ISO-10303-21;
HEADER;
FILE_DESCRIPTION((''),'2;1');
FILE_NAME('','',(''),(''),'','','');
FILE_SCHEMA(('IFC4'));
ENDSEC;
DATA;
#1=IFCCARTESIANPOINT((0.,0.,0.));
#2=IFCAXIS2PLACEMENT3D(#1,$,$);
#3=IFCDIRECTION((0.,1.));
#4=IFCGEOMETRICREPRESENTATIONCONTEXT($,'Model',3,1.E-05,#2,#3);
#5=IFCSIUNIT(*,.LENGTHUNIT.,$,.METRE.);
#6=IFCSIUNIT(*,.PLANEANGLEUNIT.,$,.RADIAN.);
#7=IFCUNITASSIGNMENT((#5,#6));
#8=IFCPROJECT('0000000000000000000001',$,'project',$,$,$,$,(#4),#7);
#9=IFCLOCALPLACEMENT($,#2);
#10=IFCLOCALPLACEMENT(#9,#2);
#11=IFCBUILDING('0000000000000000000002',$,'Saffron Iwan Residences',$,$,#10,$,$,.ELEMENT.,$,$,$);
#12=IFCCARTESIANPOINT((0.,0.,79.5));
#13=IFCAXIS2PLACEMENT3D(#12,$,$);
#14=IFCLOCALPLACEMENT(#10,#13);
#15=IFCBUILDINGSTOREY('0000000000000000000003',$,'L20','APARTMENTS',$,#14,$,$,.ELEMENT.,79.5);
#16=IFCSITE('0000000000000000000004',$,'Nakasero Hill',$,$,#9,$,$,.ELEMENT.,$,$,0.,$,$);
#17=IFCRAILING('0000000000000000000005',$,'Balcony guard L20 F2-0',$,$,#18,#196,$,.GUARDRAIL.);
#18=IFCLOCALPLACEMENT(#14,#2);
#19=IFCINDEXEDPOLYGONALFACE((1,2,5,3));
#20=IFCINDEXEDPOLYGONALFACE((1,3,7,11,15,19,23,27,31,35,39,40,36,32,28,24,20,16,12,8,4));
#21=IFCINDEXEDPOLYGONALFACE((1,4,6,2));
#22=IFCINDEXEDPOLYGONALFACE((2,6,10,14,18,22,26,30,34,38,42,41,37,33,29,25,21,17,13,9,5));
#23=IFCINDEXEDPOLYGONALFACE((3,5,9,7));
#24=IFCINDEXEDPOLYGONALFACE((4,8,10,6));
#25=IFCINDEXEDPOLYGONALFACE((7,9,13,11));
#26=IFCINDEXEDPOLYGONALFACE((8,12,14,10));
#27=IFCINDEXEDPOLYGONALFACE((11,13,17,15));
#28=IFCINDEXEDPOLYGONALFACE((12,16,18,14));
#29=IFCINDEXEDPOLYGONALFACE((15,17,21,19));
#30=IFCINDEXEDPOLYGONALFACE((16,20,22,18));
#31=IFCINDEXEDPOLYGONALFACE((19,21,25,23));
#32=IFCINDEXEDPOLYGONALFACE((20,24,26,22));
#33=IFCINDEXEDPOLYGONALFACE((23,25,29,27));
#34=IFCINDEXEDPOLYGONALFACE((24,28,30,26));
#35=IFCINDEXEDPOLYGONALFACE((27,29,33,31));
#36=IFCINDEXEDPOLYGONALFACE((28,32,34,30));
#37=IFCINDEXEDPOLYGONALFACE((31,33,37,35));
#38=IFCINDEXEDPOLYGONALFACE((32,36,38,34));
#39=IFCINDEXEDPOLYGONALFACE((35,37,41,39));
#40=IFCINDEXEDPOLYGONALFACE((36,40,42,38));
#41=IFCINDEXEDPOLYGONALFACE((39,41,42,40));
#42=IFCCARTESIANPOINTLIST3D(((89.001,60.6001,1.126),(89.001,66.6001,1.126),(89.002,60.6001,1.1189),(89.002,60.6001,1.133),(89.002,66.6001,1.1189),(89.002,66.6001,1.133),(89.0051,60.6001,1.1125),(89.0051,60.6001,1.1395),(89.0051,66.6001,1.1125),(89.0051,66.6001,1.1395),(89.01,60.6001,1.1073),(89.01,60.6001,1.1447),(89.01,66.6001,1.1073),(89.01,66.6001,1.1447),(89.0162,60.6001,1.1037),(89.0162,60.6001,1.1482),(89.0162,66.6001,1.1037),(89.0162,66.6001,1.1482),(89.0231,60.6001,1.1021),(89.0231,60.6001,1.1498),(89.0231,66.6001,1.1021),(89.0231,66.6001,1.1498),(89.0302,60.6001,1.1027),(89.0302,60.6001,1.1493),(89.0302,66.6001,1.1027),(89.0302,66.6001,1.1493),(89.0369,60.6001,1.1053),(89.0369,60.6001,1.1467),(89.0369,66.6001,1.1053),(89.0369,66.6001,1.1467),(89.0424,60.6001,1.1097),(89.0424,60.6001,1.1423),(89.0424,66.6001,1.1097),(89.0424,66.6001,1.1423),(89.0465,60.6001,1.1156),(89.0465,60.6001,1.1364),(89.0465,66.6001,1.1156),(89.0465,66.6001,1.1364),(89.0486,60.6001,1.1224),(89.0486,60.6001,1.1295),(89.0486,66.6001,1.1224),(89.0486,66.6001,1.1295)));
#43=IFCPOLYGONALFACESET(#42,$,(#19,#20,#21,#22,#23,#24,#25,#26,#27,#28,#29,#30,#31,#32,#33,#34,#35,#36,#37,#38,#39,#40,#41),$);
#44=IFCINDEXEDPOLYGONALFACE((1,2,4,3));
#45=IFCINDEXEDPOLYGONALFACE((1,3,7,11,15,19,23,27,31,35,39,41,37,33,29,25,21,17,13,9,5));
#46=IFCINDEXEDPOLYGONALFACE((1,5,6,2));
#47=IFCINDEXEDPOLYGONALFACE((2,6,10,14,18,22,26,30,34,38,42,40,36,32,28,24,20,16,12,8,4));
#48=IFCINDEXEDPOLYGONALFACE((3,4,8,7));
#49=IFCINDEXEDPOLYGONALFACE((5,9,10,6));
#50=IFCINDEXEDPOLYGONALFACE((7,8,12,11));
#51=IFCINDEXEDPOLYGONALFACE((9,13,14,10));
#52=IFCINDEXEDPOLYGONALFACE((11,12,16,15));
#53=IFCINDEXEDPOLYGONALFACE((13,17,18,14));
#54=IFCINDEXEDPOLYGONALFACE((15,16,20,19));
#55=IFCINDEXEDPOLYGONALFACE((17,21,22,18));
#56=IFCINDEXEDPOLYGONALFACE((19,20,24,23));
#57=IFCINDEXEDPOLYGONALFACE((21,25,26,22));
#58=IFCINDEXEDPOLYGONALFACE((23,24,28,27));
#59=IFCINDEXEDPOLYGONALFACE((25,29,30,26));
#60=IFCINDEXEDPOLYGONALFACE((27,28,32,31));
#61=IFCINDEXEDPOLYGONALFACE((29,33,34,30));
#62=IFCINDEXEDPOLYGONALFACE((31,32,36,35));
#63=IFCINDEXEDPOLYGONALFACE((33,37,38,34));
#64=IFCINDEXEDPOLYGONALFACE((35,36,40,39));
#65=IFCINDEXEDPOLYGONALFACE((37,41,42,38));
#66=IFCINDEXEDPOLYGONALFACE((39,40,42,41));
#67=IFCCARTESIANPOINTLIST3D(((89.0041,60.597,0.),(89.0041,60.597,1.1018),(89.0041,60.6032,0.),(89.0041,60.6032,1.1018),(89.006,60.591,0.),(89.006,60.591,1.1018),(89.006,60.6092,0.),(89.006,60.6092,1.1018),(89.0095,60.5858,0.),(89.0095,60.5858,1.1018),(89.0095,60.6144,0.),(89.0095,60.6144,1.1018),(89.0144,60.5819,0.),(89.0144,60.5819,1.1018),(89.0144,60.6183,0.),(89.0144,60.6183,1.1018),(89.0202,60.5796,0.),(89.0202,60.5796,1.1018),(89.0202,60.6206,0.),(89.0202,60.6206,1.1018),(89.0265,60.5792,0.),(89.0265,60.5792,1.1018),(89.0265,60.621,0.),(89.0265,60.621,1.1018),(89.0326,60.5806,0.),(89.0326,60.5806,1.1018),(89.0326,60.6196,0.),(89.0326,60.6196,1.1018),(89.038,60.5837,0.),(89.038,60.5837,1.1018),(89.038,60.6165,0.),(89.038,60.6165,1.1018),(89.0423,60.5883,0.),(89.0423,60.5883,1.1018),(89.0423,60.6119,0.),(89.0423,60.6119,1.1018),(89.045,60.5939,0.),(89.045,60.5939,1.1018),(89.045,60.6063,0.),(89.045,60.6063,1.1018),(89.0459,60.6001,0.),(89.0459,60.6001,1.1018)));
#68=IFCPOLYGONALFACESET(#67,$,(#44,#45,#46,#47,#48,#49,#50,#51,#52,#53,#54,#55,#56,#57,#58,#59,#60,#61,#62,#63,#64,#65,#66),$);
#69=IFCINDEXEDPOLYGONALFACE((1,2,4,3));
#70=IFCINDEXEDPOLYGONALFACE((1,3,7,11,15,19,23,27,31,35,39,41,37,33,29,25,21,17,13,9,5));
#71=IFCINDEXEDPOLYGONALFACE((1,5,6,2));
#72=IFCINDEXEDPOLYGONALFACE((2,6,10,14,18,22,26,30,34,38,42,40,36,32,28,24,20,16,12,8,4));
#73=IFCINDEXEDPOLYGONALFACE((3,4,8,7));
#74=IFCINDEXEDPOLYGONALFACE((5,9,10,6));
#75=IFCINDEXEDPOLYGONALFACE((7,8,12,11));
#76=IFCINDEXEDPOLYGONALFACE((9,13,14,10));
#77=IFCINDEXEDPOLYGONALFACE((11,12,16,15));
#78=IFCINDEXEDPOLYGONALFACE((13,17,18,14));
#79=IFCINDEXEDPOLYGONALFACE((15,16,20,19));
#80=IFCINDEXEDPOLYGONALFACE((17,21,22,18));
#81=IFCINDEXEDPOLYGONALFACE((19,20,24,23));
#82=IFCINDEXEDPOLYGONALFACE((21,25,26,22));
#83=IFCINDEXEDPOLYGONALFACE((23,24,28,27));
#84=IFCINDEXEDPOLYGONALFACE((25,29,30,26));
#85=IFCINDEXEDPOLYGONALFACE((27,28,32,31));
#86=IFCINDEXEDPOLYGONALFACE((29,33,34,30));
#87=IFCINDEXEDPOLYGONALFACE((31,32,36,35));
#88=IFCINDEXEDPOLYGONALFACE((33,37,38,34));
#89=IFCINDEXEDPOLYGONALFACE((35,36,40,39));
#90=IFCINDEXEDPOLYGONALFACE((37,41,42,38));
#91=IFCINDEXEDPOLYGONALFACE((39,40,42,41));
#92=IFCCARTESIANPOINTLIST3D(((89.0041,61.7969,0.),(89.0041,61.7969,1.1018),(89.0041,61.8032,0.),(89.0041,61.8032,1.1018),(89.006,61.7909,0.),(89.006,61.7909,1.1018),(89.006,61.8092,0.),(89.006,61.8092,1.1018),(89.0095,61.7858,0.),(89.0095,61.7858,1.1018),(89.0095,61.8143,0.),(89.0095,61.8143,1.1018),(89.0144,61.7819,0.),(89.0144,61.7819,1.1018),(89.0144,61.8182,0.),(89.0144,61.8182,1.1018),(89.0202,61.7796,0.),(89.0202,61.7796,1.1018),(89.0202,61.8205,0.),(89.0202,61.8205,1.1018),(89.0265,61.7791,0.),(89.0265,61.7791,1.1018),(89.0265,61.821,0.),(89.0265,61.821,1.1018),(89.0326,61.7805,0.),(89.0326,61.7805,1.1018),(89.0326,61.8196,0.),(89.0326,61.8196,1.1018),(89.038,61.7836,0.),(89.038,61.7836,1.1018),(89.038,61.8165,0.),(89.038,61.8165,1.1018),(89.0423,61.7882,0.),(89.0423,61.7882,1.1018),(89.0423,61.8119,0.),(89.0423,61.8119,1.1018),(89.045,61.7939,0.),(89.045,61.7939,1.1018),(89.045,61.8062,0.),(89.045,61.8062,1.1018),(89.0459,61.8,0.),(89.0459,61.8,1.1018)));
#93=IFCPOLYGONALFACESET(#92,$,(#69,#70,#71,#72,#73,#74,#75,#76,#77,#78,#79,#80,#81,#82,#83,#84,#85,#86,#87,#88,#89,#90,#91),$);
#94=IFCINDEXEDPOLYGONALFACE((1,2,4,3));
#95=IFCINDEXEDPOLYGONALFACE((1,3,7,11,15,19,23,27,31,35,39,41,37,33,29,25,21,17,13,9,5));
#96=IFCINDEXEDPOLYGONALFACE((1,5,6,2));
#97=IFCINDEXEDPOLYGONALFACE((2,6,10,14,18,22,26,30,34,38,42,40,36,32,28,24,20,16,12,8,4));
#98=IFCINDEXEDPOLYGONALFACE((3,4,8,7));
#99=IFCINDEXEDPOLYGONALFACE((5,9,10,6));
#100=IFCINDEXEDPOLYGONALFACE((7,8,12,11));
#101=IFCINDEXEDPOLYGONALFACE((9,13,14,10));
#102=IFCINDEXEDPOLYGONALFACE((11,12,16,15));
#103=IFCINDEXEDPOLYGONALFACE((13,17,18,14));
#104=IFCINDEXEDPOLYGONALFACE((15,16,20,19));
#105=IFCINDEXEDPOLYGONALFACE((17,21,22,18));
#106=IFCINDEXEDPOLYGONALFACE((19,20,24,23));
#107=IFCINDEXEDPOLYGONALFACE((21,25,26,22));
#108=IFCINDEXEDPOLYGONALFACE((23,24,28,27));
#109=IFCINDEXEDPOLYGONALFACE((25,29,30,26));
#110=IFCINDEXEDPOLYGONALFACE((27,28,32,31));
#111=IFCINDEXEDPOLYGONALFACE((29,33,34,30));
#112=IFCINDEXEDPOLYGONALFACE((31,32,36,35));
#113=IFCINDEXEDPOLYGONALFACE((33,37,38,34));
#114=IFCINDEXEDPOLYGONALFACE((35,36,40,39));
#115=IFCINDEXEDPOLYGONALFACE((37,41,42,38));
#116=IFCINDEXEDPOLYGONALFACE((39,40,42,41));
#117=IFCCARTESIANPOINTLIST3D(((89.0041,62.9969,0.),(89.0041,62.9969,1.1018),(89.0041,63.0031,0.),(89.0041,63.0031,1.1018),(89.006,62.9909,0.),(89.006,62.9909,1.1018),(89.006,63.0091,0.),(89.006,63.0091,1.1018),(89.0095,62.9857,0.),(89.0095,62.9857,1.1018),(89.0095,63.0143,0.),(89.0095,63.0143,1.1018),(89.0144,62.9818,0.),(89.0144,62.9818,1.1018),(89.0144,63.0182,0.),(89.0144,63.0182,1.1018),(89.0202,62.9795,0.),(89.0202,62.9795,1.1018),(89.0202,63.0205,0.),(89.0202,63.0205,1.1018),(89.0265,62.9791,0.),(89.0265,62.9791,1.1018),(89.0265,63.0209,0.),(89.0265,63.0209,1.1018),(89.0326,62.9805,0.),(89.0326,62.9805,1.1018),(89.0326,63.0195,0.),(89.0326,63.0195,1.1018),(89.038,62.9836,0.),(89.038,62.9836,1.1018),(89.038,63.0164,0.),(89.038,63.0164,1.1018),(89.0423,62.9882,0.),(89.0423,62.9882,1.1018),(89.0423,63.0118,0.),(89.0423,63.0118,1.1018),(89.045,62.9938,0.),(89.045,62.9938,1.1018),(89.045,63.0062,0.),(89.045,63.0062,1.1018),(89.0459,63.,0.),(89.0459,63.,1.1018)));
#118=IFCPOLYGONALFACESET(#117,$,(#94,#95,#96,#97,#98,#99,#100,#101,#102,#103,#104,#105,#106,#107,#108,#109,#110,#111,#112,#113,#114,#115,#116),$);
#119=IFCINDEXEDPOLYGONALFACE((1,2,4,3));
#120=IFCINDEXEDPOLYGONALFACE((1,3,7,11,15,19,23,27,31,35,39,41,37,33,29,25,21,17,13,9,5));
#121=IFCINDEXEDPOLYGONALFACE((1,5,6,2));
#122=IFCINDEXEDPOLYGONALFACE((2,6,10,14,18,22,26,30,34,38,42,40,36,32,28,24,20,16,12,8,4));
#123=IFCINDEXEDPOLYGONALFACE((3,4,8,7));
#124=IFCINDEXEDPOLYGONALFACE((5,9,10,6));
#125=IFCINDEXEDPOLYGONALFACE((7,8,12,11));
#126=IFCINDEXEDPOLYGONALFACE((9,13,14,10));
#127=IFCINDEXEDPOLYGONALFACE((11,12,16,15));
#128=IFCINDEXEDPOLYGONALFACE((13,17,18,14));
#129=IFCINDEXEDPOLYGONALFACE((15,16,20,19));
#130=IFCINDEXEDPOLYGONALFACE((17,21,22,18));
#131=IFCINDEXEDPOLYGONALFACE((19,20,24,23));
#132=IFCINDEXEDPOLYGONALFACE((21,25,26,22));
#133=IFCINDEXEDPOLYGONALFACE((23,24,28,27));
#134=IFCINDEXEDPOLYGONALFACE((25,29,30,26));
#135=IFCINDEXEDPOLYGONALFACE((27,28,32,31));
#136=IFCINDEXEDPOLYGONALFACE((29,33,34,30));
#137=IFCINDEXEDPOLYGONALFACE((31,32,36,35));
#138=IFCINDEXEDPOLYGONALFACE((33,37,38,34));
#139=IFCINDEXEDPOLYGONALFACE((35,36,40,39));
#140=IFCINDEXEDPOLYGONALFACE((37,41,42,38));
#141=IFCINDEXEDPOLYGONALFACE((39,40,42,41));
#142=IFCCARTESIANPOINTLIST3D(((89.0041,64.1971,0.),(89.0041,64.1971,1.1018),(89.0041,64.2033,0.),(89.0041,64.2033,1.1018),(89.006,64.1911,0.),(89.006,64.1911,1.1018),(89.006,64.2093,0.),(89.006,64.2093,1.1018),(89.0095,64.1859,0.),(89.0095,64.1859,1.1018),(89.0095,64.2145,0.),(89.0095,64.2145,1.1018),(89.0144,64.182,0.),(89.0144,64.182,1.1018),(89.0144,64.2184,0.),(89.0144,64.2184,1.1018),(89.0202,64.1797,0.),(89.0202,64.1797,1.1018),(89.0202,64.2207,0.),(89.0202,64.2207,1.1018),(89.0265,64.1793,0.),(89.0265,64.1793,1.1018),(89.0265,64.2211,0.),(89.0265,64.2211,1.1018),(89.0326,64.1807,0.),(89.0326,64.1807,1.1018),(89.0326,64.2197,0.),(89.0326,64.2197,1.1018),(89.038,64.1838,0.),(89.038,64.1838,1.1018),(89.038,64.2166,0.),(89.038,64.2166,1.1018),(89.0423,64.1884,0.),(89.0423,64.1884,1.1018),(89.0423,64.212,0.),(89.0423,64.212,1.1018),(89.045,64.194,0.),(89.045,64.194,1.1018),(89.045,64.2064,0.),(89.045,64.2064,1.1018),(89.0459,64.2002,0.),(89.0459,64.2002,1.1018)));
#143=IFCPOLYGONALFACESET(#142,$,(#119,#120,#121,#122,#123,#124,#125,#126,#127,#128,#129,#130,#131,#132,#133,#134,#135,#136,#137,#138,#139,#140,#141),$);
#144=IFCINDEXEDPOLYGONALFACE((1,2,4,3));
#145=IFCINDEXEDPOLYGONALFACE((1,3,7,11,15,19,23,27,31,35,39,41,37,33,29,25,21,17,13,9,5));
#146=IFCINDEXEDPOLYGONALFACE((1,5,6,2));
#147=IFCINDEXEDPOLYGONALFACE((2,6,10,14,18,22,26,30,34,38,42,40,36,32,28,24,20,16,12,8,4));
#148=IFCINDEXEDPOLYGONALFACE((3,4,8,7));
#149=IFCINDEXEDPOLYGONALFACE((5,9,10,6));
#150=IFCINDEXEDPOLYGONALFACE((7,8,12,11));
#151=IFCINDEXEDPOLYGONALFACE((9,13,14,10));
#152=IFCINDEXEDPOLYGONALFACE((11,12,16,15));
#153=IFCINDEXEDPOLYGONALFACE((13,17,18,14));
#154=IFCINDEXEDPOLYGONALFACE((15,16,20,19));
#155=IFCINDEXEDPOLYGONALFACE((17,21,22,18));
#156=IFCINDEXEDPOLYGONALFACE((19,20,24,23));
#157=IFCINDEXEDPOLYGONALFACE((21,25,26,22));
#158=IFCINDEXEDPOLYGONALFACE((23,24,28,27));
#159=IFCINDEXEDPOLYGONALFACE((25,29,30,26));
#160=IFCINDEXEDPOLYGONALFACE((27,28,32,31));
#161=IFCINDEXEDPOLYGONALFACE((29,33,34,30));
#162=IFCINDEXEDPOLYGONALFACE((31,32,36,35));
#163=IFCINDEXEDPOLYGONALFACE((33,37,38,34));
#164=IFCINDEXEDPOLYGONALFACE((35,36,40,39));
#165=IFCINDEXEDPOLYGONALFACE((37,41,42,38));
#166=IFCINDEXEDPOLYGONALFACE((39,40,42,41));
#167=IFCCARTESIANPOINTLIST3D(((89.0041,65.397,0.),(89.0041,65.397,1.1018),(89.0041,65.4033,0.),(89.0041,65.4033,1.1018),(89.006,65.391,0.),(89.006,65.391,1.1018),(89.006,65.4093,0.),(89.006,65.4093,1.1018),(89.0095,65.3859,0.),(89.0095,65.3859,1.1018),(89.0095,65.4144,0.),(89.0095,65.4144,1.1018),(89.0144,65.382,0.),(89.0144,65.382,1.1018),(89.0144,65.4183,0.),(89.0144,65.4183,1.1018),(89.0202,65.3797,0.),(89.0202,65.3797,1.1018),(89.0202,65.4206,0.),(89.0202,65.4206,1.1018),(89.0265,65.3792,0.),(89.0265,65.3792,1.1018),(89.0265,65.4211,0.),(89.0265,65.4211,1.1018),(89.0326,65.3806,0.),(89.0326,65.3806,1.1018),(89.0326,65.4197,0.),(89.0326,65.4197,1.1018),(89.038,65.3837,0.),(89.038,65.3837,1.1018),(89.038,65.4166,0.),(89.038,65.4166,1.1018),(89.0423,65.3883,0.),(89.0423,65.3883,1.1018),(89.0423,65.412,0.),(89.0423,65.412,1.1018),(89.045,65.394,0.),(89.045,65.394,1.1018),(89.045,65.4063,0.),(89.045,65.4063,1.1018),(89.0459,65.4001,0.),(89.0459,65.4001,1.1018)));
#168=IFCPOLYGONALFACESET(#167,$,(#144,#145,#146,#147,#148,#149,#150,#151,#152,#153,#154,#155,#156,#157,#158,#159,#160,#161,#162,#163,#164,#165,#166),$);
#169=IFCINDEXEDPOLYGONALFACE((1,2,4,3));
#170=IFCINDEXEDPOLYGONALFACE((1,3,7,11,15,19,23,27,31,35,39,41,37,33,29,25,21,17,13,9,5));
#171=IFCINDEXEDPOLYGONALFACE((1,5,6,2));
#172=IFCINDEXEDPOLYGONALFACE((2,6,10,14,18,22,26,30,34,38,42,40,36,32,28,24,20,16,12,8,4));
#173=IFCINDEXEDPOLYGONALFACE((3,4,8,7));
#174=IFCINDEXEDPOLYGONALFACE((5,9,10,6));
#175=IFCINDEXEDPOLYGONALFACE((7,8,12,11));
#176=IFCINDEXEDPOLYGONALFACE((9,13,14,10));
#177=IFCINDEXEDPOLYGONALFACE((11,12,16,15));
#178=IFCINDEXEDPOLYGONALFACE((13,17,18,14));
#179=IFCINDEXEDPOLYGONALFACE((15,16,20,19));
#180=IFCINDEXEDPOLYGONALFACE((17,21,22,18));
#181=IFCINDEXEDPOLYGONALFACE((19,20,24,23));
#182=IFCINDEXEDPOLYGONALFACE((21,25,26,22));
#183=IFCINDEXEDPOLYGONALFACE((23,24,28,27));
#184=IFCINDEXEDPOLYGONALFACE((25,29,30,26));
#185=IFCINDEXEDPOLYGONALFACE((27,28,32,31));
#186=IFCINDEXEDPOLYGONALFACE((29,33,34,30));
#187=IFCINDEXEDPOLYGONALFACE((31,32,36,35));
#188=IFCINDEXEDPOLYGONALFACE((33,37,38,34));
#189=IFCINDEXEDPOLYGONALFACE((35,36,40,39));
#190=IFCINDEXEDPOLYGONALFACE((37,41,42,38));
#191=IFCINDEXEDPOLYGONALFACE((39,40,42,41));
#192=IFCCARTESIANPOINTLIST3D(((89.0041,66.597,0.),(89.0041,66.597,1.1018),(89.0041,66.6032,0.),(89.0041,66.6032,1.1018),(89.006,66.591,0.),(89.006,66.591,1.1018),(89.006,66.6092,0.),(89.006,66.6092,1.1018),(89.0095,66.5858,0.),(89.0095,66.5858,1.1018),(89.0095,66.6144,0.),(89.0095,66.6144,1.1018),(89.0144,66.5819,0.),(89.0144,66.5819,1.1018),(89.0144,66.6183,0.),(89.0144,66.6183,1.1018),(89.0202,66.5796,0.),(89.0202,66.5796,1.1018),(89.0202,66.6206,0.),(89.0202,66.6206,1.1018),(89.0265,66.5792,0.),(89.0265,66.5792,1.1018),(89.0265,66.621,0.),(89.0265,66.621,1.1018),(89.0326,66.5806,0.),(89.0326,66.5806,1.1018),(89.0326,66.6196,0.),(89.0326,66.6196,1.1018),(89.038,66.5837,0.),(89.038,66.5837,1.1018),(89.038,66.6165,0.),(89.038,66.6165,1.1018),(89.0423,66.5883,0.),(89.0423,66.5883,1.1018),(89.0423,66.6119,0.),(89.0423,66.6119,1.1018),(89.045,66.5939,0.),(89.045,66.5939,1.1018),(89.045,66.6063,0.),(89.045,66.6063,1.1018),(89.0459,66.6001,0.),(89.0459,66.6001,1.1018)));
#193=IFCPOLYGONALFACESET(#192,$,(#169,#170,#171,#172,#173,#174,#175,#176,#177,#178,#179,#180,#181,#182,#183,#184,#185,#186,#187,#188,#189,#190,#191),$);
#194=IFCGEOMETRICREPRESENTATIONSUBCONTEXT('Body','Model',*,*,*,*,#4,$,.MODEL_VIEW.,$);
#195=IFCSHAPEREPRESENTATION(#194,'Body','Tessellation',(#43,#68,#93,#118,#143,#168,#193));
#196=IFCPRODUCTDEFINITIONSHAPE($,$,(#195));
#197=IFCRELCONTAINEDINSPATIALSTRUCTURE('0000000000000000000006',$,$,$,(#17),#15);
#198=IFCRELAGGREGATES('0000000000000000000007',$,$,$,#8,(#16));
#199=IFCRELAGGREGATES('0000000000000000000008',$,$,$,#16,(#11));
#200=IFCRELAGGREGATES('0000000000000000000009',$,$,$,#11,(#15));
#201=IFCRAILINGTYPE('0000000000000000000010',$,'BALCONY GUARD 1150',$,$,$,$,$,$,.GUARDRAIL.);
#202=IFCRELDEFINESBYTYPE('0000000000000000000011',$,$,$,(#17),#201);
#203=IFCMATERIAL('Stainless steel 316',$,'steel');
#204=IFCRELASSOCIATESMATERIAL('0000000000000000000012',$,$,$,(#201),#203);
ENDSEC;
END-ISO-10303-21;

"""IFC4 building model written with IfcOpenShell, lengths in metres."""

from ifc_helpers import new_model, si_unit, direction, frame, origin, origin_2d, place, context, subcontext, project, spatial, circle, extrude, material, type_object, element, save


model = new_model("IFC4")

# Units and contexts
model_context = context("Model", 3, precision=1e-05, world=origin(), true_north=direction((0.0, 1.0)))
body_context = subcontext(model_context, "Body", "Model", "MODEL_VIEW")
ifc_project = project(units=[si_unit("LENGTHUNIT", "METRE"), si_unit("PLANEANGLEUNIT", "RADIAN")], contexts=[model_context])

# Site, building, storey
site_placement = place(None, origin())
site = spatial("IfcSite", under=ifc_project, at=site_placement, Name="Nakasero Hill", CompositionType="ELEMENT", RefElevation=0.0)
building_placement = place(site_placement, origin())
building = spatial("IfcBuilding", under=site, at=building_placement, Name="Saffron Iwan Residences", CompositionType="ELEMENT")
storey_placement = place(building_placement, frame((0.0, 0.0, 79.5)))
storey = spatial("IfcBuildingStorey", under=building, at=storey_placement, Name="L20", Description="APARTMENTS", CompositionType="ELEMENT", Elevation=79.5)

# Railing
ifc_material_1 = material(Name="Stainless steel 316", Category="steel")
railing_type = type_object("IfcRailingType", Name="BALCONY GUARD 1150", PredefinedType="GUARDRAIL", material=ifc_material_1)
railing_placement = place(storey_placement, frame((89.0249, 60.6001, 0.0)))
element("IfcRailing", 1, at=railing_placement, inside=storey, type_object=railing_type, Name="Balcony guard L20 F2-0", PredefinedType="GUARDRAIL", context=body_context, shape_type="SweptSolid", body=[
    extrude(circle(Radius=0.0239, at=origin_2d()), frame((0.0, 0.0, 1.126), z_axis=(0.0, 1.0, 0.0), x_axis=(-1.0, 0.0, 0.0)), (0.0, 0.0, 1.0), 6.0),
    extrude(circle(Radius=0.021, at=origin_2d()), origin(), (0.0, 0.0, 1.0), 1.1018),
    extrude(circle(Radius=0.021, at=origin_2d()), frame((0.0, 1.2, 0.0)), (0.0, 0.0, 1.0), 1.1018),
    extrude(circle(Radius=0.021, at=origin_2d()), frame((0.0, 2.3999, 0.0)), (0.0, 0.0, 1.0), 1.1018),
    extrude(circle(Radius=0.021, at=origin_2d()), frame((0.0, 3.6001, 0.0)), (0.0, 0.0, 1.0), 1.1018),
    extrude(circle(Radius=0.021, at=origin_2d()), frame((0.0, 4.8, 0.0)), (0.0, 0.0, 1.0), 1.1018),
    extrude(circle(Radius=0.021, at=origin_2d()), frame((0.0, 6.0, 0.0)), (0.0, 0.0, 1.0), 1.1018),
])

save(model, "model.ifc")
